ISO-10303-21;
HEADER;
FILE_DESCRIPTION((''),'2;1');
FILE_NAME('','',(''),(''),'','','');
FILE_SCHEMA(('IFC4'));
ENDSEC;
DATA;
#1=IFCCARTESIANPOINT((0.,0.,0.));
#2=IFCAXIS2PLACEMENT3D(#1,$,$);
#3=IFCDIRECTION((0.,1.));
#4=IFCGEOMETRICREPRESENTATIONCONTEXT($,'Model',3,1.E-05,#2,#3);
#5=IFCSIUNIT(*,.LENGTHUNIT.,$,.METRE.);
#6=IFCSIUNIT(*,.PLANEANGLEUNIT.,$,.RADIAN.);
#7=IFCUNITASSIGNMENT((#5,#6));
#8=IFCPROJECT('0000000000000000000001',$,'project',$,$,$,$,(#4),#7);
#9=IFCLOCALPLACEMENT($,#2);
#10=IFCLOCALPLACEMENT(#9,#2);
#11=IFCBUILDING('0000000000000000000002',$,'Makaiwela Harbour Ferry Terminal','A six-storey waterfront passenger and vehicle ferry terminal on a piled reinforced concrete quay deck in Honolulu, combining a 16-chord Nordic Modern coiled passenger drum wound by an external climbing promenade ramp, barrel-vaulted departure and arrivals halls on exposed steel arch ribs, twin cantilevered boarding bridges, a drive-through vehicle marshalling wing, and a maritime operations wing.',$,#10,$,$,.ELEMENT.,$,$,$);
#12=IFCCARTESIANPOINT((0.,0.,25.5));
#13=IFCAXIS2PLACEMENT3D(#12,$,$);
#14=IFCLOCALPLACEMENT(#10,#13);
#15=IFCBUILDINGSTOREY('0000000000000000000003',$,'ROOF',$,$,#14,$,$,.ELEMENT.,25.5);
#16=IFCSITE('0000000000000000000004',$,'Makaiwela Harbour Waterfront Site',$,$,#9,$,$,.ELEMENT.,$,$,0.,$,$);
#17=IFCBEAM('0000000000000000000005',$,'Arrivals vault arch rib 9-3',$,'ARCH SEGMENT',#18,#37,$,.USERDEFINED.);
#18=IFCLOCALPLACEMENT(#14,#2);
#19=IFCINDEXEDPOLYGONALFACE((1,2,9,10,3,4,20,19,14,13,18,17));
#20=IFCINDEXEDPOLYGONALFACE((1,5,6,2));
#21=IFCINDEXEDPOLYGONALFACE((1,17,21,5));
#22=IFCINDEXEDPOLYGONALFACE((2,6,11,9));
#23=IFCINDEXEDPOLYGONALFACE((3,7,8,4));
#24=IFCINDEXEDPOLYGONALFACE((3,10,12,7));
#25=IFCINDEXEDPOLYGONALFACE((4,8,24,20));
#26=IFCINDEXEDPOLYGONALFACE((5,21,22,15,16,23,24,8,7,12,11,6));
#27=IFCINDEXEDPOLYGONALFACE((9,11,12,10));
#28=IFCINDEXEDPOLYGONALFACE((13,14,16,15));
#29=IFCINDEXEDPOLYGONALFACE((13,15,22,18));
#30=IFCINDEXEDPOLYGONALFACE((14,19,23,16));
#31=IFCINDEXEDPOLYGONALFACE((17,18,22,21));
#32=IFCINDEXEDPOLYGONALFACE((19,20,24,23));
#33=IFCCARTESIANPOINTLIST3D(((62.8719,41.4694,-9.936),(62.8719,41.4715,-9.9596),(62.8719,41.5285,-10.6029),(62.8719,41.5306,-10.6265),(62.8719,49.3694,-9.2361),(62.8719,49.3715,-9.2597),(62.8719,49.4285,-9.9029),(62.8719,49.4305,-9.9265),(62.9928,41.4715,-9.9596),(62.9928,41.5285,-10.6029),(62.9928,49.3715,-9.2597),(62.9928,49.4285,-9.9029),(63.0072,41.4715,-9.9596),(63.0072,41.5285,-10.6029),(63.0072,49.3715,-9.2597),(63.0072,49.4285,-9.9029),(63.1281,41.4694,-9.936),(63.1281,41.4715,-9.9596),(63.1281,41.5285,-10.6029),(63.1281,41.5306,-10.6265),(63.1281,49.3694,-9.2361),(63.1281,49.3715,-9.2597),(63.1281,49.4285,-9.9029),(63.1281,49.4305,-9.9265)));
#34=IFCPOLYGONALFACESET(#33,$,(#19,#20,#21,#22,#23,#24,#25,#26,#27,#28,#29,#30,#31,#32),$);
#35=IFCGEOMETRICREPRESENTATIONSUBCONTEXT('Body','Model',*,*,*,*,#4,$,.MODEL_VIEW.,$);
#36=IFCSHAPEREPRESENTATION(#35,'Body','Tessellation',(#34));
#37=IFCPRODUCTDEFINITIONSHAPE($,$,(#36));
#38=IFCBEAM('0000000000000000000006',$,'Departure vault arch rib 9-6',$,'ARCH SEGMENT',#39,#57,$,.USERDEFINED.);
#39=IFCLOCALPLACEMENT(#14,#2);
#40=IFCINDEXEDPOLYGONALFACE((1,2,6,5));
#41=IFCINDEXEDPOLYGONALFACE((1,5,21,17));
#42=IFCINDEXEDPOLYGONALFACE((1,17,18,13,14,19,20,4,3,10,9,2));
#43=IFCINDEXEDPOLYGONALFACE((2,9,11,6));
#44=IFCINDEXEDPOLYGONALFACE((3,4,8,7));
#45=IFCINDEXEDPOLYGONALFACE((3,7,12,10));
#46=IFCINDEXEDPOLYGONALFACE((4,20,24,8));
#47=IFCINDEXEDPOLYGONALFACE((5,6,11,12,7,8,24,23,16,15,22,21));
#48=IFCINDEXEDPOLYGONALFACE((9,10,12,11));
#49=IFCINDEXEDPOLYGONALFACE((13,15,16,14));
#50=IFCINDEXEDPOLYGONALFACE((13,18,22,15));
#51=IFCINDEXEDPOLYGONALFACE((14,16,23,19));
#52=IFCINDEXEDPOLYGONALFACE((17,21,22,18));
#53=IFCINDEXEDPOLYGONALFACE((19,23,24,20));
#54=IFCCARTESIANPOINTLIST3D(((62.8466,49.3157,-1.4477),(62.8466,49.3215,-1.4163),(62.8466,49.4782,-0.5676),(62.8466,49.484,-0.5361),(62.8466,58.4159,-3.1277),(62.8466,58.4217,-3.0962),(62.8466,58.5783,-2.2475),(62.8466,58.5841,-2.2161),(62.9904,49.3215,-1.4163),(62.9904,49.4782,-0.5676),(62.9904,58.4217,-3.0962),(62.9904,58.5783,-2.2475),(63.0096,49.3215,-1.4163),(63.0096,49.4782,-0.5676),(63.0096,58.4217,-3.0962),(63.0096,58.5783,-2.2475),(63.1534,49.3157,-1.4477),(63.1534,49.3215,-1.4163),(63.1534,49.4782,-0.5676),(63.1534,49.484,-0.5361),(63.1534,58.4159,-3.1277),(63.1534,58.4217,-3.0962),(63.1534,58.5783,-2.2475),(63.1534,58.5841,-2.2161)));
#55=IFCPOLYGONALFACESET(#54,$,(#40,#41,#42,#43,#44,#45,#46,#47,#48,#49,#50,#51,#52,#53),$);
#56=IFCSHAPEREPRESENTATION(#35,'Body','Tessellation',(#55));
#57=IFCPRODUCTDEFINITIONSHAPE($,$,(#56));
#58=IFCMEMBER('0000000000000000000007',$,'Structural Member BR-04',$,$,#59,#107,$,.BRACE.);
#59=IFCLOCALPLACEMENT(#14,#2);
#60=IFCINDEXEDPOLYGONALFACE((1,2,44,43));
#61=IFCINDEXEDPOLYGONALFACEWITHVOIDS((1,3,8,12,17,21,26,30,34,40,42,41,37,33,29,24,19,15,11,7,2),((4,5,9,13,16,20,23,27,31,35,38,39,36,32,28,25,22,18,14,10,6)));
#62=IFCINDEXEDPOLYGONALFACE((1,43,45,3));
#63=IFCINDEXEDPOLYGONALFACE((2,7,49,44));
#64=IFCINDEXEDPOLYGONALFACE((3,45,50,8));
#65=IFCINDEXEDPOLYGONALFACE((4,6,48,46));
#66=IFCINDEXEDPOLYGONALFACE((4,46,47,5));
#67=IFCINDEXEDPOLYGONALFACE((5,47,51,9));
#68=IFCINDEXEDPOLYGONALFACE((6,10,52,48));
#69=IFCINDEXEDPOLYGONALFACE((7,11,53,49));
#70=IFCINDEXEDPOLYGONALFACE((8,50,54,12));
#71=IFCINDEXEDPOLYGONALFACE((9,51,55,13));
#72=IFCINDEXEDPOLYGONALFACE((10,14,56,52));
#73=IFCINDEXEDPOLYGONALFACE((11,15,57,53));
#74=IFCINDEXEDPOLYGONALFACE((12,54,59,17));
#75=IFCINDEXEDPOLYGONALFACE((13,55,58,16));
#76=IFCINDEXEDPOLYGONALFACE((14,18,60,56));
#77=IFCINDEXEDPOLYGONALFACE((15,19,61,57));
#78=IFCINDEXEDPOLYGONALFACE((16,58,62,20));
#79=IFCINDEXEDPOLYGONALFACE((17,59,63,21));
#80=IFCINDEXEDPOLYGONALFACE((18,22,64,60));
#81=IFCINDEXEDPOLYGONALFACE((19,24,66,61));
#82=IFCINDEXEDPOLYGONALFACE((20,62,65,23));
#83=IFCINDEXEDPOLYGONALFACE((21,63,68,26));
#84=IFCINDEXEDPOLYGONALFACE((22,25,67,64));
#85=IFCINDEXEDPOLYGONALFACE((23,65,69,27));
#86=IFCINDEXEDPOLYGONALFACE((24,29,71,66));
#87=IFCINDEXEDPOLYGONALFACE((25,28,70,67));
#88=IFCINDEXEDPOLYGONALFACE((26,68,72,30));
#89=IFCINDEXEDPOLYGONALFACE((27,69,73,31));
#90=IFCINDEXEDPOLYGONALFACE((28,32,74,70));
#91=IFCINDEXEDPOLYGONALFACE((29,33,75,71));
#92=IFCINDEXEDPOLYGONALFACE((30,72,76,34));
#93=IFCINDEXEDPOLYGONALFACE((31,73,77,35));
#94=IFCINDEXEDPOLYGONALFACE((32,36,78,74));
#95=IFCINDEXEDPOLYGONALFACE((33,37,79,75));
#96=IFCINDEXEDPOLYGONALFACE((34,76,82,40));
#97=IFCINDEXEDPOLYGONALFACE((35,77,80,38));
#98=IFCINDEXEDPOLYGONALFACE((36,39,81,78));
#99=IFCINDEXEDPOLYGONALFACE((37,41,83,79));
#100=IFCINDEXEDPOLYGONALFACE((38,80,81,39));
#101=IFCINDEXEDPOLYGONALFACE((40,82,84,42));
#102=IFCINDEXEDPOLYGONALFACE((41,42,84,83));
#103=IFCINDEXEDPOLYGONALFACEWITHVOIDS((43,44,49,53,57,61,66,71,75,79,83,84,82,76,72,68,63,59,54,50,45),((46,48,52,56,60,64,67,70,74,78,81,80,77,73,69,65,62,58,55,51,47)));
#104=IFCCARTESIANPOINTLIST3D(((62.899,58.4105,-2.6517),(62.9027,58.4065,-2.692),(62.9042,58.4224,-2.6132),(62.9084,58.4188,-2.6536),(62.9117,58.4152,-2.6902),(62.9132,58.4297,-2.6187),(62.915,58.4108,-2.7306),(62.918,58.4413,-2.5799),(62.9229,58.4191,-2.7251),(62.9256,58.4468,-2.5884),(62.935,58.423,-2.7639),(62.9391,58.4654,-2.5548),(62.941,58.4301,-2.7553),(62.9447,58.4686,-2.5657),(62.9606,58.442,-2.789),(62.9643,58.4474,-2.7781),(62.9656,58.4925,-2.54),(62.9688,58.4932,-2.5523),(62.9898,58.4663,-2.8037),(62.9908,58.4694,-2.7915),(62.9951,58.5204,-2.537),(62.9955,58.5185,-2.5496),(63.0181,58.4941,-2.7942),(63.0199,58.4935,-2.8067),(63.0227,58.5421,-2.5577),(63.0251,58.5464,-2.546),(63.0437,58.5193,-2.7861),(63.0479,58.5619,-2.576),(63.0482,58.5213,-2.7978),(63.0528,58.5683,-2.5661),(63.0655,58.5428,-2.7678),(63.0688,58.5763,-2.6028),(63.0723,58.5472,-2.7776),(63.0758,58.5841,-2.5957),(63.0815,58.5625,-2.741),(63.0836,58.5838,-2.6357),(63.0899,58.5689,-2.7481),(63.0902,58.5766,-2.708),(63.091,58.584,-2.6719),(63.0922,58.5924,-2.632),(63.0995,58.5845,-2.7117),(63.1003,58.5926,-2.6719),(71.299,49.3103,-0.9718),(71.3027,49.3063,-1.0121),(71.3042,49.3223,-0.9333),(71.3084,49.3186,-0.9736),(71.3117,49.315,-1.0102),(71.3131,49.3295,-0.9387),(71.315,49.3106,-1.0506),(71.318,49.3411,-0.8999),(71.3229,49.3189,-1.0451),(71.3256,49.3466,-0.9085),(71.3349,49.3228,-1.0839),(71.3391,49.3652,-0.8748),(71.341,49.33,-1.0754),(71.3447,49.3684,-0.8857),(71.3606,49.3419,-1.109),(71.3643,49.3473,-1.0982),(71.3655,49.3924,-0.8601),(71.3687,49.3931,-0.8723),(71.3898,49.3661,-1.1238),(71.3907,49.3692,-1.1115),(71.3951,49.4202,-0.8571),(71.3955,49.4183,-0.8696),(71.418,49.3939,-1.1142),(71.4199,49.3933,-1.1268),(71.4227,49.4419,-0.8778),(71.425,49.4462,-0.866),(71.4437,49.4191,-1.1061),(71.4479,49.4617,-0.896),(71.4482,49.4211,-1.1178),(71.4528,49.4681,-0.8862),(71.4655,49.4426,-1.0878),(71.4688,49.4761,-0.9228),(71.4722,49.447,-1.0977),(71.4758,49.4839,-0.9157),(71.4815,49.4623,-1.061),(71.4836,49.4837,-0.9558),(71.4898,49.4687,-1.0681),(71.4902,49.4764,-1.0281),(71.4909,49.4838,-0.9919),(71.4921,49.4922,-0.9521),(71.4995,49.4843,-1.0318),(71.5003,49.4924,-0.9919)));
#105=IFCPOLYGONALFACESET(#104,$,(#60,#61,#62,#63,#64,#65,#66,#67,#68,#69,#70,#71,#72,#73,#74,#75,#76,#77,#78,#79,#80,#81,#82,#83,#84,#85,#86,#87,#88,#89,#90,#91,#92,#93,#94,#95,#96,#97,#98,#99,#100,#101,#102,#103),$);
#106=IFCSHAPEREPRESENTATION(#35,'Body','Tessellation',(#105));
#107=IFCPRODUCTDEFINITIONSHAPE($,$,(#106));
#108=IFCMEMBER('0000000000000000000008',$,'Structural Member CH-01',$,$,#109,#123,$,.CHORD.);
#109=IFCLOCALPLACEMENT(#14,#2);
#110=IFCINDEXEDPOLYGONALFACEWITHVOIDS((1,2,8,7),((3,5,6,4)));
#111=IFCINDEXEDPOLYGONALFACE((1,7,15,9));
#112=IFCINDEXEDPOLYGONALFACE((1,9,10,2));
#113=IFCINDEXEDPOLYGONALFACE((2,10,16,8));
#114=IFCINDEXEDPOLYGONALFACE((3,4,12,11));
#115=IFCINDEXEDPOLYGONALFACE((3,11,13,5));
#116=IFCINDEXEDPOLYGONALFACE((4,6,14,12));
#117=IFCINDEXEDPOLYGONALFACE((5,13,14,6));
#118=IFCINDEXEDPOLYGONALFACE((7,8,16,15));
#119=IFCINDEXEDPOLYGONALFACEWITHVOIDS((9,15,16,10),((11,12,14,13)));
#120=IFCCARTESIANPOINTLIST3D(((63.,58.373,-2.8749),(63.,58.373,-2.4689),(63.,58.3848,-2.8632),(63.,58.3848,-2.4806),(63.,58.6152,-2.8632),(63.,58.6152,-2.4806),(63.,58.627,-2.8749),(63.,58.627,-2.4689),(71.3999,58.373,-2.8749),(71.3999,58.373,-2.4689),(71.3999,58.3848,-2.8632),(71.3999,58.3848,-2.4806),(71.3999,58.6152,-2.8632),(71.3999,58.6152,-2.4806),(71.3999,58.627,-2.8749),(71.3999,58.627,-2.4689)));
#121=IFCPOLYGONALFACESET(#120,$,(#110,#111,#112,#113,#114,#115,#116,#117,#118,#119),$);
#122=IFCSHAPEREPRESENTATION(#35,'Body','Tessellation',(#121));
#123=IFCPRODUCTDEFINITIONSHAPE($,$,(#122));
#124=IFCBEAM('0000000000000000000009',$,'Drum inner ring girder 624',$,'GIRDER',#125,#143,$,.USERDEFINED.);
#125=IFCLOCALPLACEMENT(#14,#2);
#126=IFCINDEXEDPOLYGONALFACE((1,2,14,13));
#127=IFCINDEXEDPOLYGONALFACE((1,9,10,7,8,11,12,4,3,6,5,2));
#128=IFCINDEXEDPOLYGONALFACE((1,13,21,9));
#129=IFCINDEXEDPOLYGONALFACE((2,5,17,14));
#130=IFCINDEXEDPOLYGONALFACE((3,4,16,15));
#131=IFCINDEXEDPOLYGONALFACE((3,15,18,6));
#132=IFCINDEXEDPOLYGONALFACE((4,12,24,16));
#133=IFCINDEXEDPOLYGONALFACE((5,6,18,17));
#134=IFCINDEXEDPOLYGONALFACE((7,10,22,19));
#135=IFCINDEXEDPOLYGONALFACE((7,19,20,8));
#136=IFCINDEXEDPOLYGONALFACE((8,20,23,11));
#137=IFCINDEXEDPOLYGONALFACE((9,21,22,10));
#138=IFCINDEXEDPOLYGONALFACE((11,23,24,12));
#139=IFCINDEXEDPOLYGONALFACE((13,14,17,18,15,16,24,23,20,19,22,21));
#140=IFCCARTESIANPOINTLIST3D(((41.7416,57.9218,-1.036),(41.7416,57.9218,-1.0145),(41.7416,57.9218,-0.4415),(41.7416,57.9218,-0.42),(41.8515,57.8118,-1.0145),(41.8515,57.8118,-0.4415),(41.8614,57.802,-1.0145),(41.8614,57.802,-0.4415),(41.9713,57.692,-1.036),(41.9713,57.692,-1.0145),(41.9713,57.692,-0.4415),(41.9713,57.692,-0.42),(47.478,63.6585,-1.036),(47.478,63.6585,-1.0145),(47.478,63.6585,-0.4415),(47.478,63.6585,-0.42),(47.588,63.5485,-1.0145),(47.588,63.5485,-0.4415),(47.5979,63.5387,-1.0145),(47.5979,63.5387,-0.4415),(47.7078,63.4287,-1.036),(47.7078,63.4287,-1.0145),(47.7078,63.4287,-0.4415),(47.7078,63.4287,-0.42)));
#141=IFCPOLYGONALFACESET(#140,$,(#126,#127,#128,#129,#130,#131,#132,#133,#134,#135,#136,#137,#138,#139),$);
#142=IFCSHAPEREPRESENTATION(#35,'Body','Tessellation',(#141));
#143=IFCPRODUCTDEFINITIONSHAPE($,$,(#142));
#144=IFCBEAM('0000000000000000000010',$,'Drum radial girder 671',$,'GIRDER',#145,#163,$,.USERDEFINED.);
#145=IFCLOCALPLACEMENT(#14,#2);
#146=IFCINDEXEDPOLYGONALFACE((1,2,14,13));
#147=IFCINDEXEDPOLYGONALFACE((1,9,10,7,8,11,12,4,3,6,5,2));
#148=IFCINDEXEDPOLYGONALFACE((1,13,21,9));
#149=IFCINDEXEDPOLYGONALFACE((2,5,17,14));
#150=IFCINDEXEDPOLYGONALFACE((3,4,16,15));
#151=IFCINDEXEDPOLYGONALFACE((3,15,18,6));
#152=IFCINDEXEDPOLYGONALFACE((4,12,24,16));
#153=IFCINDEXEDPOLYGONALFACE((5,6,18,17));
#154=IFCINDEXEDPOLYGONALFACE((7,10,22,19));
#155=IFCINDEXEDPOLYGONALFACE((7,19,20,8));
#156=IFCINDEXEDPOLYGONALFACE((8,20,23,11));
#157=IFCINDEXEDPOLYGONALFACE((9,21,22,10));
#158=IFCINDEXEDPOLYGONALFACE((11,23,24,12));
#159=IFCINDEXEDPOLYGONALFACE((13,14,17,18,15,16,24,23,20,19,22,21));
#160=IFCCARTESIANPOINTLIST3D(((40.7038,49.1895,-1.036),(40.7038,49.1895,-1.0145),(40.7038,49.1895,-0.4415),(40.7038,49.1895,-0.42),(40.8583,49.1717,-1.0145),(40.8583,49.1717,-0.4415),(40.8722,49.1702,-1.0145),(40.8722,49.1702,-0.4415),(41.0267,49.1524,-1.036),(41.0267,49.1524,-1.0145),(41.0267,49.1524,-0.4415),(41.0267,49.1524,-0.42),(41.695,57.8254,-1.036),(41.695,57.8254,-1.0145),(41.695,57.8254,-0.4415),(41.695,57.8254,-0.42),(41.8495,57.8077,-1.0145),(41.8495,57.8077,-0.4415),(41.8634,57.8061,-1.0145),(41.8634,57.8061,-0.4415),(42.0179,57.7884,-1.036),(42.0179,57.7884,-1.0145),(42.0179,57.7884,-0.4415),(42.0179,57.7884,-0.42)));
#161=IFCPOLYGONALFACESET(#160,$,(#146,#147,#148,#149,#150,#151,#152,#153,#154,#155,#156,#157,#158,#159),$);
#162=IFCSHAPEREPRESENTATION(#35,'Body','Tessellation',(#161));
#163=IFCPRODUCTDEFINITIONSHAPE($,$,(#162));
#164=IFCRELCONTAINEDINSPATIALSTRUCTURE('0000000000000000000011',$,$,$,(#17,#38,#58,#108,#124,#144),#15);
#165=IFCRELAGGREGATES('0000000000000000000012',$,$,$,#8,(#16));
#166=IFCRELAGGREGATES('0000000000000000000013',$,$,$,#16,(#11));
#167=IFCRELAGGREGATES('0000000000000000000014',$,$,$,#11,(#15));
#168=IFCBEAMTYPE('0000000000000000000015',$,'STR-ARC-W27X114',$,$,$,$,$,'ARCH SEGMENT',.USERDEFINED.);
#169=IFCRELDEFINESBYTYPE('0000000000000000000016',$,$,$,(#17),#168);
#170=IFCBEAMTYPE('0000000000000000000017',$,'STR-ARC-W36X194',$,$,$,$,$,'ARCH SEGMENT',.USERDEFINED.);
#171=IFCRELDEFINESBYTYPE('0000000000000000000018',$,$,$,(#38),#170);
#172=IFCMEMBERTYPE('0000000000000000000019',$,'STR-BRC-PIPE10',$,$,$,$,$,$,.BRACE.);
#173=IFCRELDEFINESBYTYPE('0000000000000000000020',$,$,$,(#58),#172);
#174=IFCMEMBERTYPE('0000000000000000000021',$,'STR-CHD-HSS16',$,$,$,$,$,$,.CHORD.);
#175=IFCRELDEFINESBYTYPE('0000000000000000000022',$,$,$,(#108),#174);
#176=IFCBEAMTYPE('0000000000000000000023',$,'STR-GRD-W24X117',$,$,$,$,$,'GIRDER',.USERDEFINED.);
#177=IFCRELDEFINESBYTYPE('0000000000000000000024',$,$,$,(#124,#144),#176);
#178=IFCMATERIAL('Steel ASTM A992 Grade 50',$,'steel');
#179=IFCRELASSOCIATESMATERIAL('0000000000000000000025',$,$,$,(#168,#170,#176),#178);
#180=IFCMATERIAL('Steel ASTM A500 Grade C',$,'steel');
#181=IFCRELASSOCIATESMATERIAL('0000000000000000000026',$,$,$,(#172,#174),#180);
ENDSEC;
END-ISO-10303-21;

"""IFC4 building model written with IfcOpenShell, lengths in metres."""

from ifc_helpers import new_model, si_unit, direction, frame, origin, origin_2d, place, context, subcontext, project, spatial, hollow_rectangle, hollow_circle, i_section, extrude, material, material_profile, profile_set, type_object, element, save


model = new_model("IFC4")

# Units and contexts
model_context = context("Model", 3, precision=1e-05, world=origin(), true_north=direction((0.0, 1.0)))
body_context = subcontext(model_context, "Body", "Model", "MODEL_VIEW")
ifc_project = project(units=[si_unit("LENGTHUNIT", "METRE"), si_unit("PLANEANGLEUNIT", "RADIAN")], contexts=[model_context])

# Site, building, storey
site_placement = place(None, origin())
site = spatial("IfcSite", under=ifc_project, at=site_placement, Name="Makaiwela Harbour Waterfront Site", CompositionType="ELEMENT", RefElevation=0.0)
building_placement = place(site_placement, origin())
building = spatial("IfcBuilding", under=site, at=building_placement, Name="Makaiwela Harbour Ferry Terminal", Description="A six-storey waterfront passenger and vehicle ferry terminal on a piled reinforced concrete quay deck in Honolulu, combining a 16-chord Nordic Modern coiled passenger drum wound by an external climbing promenade ramp, barrel-vaulted departure and arrivals halls on exposed steel arch ribs, twin cantilevered boarding bridges, a drive-through vehicle marshalling wing, and a maritime operations wing.", CompositionType="ELEMENT")
storey_placement = place(building_placement, frame((0.0, 0.0, 25.5)))
storey = spatial("IfcBuildingStorey", under=building, at=storey_placement, Name="ROOF", CompositionType="ELEMENT", Elevation=25.5)

# Beams
ifc_material_1 = material(Name="Steel ASTM A992 Grade 50", Category="steel")
ifc_material_profile_1 = material_profile(ifc_material_1, i_section(OverallWidth=0.2561, OverallDepth=0.6931, WebThickness=0.0144, FlangeThickness=0.0237, at=origin_2d()), Name="W27X114")
ifc_profile_set_1 = profile_set([ifc_material_profile_1], Name="Steel ASTM A992 Grade 50")
beam_type_1 = type_object("IfcBeamType", Name="STR-ARC-W27X114", ElementType="ARCH SEGMENT", PredefinedType="USERDEFINED", material=ifc_profile_set_1)
beam_1_placement = place(storey_placement, frame((63.0, 41.5, -10.2812), z_axis=(0.0, 0.996098, 0.088257), x_axis=(-1.0, 0.0, 0.0)))
element("IfcBeam", 1, at=beam_1_placement, inside=storey, type_object=beam_type_1, Name="Arrivals vault arch rib 9-3", ObjectType="ARCH SEGMENT", PredefinedType="USERDEFINED", context=body_context, shape_type="SweptSolid", body=[
    extrude(i_section(OverallWidth=0.2561, OverallDepth=0.6931, WebThickness=0.0144, FlangeThickness=0.0237, at=origin_2d()), origin(), (0.0, 0.0, 1.0), 7.9309),
])
ifc_material_profile_2 = material_profile(ifc_material_1, i_section(OverallWidth=0.3069, OverallDepth=0.927, WebThickness=0.0193, FlangeThickness=0.032, at=origin_2d()), Name="W36X194")
ifc_profile_set_2 = profile_set([ifc_material_profile_2], Name="Steel ASTM A992 Grade 50")
beam_type_2 = type_object("IfcBeamType", Name="STR-ARC-W36X194", ElementType="ARCH SEGMENT", PredefinedType="USERDEFINED", material=ifc_profile_set_2)
beam_2_placement = place(storey_placement, frame((63.0, 58.5, -2.6719), z_axis=(0.0, -0.983384, 0.181538), x_axis=(1.0, 0.0, 0.0)))
element("IfcBeam", 2, at=beam_2_placement, inside=storey, type_object=beam_type_2, Name="Departure vault arch rib 9-6", ObjectType="ARCH SEGMENT", PredefinedType="USERDEFINED", context=body_context, shape_type="SweptSolid", body=[
    extrude(i_section(OverallWidth=0.3069, OverallDepth=0.927, WebThickness=0.0193, FlangeThickness=0.032, at=origin_2d()), origin(), (0.0, 0.0, 1.0), 9.2539),
])

# Members
ifc_material_2 = material(Name="Steel ASTM A500 Grade C", Category="steel")
ifc_material_profile_3 = material_profile(ifc_material_2, hollow_circle(Radius=0.1365, WallThickness=0.0127, at=origin_2d()), Name="PIPE10XS")
ifc_profile_set_3 = profile_set([ifc_material_profile_3], Name="Steel ASTM A500 Grade C")
member_type_1 = type_object("IfcMemberType", Name="STR-BRC-PIPE10", PredefinedType="BRACE", material=ifc_profile_set_3)
member_1_placement = place(storey_placement, frame((63.0, 58.5, -2.6719), z_axis=(0.672116, -0.728142, 0.134419), x_axis=(0.734811, 0.678272, 0.0)))
element("IfcMember", 3, at=member_1_placement, inside=storey, type_object=member_type_1, Name="Structural Member BR-04", PredefinedType="BRACE", context=body_context, shape_type="SweptSolid", body=[
    extrude(hollow_circle(Radius=0.1365, WallThickness=0.0127, at=origin_2d()), origin(), (0.0, 0.0, 1.0), 12.4978),
])
ifc_material_profile_4 = material_profile(ifc_material_2, hollow_rectangle(XDim=0.2539, YDim=0.406, WallThickness=0.0117, at=origin_2d()), Name="HSS16X10X1/2")
ifc_profile_set_4 = profile_set([ifc_material_profile_4], Name="Steel ASTM A500 Grade C")
member_type_2 = type_object("IfcMemberType", Name="STR-CHD-HSS16", PredefinedType="CHORD", material=ifc_profile_set_4)
member_2_placement = place(storey_placement, frame((63.0, 58.5, -2.6719), z_axis=(1.0, 0.0, 0.0), x_axis=(0.0, 1.0, 0.0)))
element("IfcMember", 4, at=member_2_placement, inside=storey, type_object=member_type_2, Name="Structural Member CH-01", PredefinedType="CHORD", context=body_context, shape_type="SweptSolid", body=[
    extrude(hollow_rectangle(XDim=0.2539, YDim=0.406, WallThickness=0.0117, at=origin_2d()), origin(), (0.0, 0.0, 1.0), 8.3999),
])

# Beams
ifc_material_profile_5 = material_profile(ifc_material_1, i_section(OverallWidth=0.325, OverallDepth=0.616, WebThickness=0.0139, FlangeThickness=0.0215, at=origin_2d()), Name="W24X117")
ifc_profile_set_5 = profile_set([ifc_material_profile_5], Name="Steel ASTM A992 Grade 50")
beam_type_3 = type_object("IfcBeamType", Name="STR-GRD-W24X117", ElementType="GIRDER", PredefinedType="USERDEFINED", material=ifc_profile_set_5)
beam_3_placement = place(storey_placement, frame((41.8564, 57.8069, -0.728), z_axis=(0.707092, 0.707122, 0.0), x_axis=(-0.707122, 0.707092, 0.0)))
element("IfcBeam", 5, at=beam_3_placement, inside=storey, type_object=beam_type_3, Name="Drum inner ring girder 624", ObjectType="GIRDER", PredefinedType="USERDEFINED", context=body_context, shape_type="SweptSolid", body=[
    extrude(i_section(OverallWidth=0.325, OverallDepth=0.616, WebThickness=0.0139, FlangeThickness=0.0215, at=origin_2d()), origin(), (0.0, 0.0, 1.0), 8.1128),
])
beam_4_placement = place(storey_placement, frame((41.8564, 57.8069, -0.728), z_axis=(-0.114028, -0.993478, 0.0), x_axis=(0.993478, -0.114028, 0.0)))
element("IfcBeam", 6, at=beam_4_placement, inside=storey, type_object=beam_type_3, Name="Drum radial girder 671", ObjectType="GIRDER", PredefinedType="USERDEFINED", context=body_context, shape_type="SweptSolid", body=[
    extrude(i_section(OverallWidth=0.325, OverallDepth=0.616, WebThickness=0.0139, FlangeThickness=0.0215, at=origin_2d()), origin(), (0.0, 0.0, 1.0), 8.6926),
])

save(model, "model.ifc")
